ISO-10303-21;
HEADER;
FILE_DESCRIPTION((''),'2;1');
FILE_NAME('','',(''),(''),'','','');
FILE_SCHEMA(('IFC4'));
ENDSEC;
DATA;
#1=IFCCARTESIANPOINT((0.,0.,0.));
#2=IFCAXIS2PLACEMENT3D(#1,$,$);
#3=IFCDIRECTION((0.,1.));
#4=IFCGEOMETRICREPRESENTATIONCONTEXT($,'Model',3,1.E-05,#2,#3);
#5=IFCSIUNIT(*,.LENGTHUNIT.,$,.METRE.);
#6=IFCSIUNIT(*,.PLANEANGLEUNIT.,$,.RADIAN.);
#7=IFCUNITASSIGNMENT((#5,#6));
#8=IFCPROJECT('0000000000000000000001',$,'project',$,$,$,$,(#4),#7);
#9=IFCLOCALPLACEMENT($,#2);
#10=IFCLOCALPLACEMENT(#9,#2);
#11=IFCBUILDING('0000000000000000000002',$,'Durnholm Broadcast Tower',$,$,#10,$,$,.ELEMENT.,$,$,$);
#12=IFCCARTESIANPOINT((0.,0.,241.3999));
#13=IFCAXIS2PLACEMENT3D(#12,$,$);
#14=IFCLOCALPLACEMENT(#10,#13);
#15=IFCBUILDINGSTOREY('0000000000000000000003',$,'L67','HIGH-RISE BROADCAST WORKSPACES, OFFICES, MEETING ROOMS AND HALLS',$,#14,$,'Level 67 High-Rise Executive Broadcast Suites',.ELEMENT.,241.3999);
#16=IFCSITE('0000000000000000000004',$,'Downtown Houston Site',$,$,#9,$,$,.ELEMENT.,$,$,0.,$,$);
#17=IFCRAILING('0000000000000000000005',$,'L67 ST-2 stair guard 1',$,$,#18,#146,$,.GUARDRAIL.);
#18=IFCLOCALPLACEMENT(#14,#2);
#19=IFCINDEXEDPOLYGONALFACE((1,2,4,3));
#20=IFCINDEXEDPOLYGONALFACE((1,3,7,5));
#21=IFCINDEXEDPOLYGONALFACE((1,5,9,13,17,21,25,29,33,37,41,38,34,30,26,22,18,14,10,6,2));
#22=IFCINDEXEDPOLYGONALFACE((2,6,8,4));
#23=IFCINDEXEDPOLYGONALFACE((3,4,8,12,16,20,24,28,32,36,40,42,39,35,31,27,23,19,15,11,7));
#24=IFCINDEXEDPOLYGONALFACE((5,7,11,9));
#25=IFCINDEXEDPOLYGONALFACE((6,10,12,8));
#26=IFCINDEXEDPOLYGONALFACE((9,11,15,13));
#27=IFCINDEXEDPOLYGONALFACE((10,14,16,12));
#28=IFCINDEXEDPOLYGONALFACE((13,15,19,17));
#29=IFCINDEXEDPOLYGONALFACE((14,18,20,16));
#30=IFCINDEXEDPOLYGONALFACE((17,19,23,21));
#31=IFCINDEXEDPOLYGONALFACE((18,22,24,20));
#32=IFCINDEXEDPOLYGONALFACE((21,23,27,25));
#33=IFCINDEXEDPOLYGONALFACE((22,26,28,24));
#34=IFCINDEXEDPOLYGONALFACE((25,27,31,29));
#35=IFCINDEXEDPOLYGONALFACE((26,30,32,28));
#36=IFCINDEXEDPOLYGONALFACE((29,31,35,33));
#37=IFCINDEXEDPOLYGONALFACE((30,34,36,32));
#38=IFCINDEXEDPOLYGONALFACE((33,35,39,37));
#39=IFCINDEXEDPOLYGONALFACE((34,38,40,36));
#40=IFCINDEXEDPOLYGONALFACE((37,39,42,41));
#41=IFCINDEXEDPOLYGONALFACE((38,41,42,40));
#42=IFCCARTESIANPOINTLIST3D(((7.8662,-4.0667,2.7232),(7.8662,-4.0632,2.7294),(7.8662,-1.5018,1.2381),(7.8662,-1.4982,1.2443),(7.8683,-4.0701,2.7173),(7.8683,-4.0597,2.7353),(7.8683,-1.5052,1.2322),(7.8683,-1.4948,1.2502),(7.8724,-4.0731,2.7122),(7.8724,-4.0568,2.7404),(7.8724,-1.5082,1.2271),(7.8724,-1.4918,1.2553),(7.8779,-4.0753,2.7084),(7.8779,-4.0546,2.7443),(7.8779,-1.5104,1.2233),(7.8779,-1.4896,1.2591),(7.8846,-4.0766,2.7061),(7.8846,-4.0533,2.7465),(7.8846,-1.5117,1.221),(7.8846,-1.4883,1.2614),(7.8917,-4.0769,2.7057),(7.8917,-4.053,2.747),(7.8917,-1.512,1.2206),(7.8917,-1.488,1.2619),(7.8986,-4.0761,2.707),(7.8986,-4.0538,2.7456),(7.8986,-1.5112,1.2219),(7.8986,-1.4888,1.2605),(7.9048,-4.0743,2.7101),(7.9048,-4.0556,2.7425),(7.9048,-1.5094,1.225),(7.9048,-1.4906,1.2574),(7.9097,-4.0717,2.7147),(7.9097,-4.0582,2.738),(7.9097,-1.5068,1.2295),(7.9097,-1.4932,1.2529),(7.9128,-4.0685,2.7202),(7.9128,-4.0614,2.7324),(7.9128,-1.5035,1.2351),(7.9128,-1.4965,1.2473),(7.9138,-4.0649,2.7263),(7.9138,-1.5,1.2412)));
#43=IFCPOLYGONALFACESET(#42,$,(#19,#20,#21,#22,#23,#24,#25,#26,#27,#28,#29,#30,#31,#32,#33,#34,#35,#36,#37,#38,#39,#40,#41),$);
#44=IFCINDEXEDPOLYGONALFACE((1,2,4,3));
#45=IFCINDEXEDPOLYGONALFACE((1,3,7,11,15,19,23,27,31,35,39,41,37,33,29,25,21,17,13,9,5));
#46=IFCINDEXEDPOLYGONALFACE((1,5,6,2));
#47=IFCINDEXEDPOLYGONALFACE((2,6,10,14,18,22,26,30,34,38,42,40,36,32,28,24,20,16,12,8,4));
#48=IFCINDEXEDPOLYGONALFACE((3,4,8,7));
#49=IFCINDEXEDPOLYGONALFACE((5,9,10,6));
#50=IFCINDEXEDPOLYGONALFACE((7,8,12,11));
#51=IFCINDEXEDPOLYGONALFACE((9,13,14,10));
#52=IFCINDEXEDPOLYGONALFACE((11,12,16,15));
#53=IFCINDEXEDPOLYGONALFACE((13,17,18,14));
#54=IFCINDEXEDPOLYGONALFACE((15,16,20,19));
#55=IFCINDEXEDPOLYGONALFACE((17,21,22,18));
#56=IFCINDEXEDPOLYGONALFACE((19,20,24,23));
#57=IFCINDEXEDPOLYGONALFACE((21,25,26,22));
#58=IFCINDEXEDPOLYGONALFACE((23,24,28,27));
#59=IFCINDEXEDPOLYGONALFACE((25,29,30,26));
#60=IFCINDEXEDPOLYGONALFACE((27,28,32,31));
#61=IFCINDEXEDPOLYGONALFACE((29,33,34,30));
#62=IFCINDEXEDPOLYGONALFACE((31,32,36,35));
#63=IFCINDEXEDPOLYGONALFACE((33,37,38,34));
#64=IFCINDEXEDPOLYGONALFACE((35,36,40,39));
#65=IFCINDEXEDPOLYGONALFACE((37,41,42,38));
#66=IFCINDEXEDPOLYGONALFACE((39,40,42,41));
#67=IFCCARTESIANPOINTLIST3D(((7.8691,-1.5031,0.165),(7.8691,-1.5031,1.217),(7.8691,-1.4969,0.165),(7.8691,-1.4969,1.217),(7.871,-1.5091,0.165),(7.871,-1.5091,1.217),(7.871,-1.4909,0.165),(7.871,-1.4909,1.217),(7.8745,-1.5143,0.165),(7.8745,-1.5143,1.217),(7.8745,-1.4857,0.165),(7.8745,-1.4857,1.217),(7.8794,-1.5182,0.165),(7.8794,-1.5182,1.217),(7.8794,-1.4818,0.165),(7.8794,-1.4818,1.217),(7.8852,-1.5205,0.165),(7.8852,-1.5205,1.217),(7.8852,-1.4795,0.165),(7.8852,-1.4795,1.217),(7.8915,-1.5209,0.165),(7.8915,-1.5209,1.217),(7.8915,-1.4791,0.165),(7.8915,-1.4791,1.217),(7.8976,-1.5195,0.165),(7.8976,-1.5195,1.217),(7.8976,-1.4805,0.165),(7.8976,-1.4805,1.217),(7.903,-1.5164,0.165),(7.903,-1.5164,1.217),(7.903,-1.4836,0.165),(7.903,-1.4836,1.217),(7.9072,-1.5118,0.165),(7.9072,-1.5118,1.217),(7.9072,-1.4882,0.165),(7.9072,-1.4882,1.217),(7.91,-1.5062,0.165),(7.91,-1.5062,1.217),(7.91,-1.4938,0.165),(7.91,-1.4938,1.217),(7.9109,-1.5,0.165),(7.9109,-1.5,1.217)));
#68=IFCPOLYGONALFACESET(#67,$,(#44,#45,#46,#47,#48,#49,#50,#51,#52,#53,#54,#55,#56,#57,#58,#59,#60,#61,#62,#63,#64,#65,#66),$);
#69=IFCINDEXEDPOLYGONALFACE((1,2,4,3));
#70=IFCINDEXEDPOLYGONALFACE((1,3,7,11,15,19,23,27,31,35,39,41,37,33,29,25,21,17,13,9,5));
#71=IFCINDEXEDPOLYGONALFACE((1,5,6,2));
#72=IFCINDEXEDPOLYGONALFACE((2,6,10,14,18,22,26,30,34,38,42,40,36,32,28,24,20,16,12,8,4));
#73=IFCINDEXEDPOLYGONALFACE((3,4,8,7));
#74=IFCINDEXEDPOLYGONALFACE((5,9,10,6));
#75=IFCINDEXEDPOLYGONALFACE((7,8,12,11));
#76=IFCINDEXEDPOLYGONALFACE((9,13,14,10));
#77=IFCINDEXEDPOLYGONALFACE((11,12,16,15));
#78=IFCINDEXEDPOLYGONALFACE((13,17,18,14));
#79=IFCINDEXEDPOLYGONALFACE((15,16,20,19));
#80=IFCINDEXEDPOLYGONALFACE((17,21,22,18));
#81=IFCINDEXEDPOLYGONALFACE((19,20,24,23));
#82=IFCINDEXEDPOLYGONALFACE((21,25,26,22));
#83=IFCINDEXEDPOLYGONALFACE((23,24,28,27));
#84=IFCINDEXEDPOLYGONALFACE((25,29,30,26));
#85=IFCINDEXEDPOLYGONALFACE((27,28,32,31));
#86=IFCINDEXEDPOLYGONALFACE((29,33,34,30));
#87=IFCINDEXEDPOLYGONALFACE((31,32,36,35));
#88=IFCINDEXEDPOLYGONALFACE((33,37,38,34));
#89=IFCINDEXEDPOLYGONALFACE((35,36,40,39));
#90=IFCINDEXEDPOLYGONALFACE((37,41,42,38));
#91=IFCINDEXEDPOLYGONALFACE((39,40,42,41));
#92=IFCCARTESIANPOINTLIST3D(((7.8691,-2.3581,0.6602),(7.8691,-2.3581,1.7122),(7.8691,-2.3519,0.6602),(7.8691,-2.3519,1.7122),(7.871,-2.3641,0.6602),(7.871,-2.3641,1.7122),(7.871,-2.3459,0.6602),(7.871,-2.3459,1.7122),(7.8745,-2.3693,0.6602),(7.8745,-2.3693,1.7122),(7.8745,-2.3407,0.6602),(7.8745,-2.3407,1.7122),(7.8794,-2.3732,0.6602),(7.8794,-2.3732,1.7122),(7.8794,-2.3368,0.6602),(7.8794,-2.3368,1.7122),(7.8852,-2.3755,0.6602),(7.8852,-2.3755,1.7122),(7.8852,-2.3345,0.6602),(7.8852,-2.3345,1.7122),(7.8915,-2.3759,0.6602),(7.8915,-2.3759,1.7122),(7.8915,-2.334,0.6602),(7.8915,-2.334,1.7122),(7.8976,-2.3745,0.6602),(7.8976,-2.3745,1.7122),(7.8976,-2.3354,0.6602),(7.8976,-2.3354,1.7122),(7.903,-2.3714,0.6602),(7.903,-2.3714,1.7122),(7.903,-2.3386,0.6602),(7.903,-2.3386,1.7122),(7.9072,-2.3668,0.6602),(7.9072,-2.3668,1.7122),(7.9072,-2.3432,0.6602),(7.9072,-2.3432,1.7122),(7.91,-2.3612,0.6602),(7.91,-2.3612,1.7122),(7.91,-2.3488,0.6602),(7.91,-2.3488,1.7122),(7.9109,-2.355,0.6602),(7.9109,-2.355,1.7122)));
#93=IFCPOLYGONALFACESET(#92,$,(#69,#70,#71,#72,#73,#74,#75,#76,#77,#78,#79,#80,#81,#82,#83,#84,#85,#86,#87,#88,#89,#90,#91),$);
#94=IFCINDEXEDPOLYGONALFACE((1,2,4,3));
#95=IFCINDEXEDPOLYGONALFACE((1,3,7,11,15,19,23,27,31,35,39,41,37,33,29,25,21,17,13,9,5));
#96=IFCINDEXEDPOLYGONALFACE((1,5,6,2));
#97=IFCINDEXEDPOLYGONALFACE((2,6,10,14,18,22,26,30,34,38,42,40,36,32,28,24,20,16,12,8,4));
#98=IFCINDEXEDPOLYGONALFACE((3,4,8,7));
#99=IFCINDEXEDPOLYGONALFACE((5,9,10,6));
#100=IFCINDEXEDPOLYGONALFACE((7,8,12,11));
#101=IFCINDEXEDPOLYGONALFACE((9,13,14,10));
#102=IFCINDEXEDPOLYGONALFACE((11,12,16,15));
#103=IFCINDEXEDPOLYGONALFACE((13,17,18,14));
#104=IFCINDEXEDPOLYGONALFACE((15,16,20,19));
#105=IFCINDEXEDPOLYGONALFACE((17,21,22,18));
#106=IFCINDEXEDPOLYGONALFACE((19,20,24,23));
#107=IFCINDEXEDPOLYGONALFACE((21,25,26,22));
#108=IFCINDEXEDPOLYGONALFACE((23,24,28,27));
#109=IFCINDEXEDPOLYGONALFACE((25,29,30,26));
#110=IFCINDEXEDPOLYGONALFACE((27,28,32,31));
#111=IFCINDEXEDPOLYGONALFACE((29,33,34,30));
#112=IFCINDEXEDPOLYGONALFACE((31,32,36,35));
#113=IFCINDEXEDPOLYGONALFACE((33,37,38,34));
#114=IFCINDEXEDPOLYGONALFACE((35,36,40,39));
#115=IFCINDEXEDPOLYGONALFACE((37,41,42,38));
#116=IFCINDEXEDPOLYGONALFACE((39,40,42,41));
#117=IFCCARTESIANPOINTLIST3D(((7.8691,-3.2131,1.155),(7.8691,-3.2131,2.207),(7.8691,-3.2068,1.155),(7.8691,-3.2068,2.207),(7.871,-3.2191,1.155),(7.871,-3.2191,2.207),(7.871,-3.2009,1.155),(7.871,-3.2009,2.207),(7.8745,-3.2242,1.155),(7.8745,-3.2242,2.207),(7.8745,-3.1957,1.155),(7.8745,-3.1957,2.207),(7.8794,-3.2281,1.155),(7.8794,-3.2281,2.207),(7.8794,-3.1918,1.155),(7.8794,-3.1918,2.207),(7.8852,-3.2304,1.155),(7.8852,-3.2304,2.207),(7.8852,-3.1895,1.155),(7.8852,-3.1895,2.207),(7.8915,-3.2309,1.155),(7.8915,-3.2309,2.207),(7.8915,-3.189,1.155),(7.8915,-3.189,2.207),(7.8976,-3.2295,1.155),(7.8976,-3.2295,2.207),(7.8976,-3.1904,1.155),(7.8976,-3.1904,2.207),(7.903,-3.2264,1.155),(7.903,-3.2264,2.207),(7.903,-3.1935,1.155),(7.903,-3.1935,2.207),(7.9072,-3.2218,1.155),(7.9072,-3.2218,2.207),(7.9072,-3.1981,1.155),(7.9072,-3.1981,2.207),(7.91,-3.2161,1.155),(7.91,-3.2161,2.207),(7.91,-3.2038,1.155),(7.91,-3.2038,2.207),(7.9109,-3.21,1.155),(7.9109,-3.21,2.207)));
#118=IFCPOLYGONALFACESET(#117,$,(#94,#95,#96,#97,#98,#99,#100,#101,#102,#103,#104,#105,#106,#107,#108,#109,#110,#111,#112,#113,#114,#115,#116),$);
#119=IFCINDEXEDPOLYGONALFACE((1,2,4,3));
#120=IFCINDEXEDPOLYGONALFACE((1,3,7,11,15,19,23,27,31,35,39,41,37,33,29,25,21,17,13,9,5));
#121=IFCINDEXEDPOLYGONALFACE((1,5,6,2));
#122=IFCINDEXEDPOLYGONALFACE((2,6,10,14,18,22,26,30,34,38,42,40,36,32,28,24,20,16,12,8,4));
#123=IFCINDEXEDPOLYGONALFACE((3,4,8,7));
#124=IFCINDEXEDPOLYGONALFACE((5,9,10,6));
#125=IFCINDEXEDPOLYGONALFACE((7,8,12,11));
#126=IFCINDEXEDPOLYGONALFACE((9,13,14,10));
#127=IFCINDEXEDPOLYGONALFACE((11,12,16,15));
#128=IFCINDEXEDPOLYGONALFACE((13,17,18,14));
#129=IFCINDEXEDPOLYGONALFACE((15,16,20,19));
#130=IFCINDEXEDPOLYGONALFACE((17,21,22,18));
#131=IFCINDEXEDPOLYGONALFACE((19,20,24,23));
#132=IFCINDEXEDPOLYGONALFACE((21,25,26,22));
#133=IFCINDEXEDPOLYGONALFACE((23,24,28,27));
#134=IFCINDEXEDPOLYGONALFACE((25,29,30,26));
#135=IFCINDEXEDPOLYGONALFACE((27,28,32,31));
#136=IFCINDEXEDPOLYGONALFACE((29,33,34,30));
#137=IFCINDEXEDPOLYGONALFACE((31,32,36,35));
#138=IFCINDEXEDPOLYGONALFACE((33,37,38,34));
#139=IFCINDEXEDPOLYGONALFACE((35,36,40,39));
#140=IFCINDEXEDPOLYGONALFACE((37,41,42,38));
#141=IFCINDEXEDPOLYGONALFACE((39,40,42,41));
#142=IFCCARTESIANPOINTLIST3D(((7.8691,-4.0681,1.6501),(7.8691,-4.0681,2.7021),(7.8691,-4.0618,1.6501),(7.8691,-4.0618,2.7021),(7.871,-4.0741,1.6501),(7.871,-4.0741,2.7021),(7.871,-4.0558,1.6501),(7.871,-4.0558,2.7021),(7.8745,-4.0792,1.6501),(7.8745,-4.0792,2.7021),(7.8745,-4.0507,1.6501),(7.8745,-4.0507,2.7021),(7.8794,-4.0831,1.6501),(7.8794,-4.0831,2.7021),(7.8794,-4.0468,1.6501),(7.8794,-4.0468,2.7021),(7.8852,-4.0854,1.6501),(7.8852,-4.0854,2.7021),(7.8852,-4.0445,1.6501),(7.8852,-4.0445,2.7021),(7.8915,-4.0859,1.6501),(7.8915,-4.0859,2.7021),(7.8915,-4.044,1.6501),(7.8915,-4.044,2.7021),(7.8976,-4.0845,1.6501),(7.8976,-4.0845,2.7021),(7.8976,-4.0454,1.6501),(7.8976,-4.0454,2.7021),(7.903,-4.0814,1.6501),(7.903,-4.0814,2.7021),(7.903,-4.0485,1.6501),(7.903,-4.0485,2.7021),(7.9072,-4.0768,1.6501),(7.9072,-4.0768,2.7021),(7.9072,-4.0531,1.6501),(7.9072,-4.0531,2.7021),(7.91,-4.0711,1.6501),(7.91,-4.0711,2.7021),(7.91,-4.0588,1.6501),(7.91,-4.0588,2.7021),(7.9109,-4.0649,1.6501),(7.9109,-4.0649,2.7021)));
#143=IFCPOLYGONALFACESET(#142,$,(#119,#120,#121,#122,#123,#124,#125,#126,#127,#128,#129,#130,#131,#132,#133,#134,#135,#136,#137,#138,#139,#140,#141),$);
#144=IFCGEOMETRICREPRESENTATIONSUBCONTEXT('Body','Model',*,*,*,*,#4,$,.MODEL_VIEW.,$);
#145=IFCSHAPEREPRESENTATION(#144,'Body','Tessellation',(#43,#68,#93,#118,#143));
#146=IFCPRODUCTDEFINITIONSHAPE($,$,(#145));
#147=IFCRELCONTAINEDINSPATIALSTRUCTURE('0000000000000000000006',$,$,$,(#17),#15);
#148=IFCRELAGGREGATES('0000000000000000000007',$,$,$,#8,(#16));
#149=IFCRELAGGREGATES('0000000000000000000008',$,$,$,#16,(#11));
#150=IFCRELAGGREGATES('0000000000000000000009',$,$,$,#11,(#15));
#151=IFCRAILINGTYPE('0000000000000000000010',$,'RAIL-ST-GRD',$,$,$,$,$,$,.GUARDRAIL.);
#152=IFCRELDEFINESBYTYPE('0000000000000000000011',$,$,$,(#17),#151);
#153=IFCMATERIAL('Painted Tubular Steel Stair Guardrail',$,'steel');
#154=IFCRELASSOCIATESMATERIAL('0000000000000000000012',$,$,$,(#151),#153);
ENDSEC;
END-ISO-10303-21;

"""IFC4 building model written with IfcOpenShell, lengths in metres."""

from ifc_helpers import new_model, si_unit, direction, frame, origin, origin_2d, place, context, subcontext, project, spatial, circle, extrude, material, type_object, element, save


model = new_model("IFC4")

# Units and contexts
model_context = context("Model", 3, precision=1e-05, world=origin(), true_north=direction((0.0, 1.0)))
body_context = subcontext(model_context, "Body", "Model", "MODEL_VIEW")
ifc_project = project(units=[si_unit("LENGTHUNIT", "METRE"), si_unit("PLANEANGLEUNIT", "RADIAN")], contexts=[model_context])

# Site, building, storey
site_placement = place(None, origin())
site = spatial("IfcSite", under=ifc_project, at=site_placement, Name="Downtown Houston Site", CompositionType="ELEMENT", RefElevation=0.0)
building_placement = place(site_placement, origin())
building = spatial("IfcBuilding", under=site, at=building_placement, Name="Durnholm Broadcast Tower", CompositionType="ELEMENT")
storey_placement = place(building_placement, frame((0.0, 0.0, 241.3999)))
storey = spatial("IfcBuildingStorey", under=building, at=storey_placement, Name="L67", Description="HIGH-RISE BROADCAST WORKSPACES, OFFICES, MEETING ROOMS AND HALLS", LongName="Level 67 High-Rise Executive Broadcast Suites", CompositionType="ELEMENT", Elevation=241.3999)

# Railing
ifc_material_1 = material(Name="Painted Tubular Steel Stair Guardrail", Category="steel")
railing_type_1 = type_object("IfcRailingType", Name="RAIL-ST-GRD", PredefinedType="GUARDRAIL", material=ifc_material_1)
railing_1_placement = place(storey_placement, frame((7.8899, -1.5, 0.165)))
element("IfcRailing", 1, at=railing_1_placement, inside=storey, type_object=railing_type_1, Name="L67 ST-2 stair guard 1", PredefinedType="GUARDRAIL", context=body_context, shape_type="SweptSolid", body=[
    extrude(circle(Radius=0.0239, at=origin_2d()), frame((0.0, 0.0, 1.0762), z_axis=(0.0, -0.865406, 0.501072), x_axis=(1.0, 0.0, 0.0)), (0.0, 0.0, 1.0), 2.9639),
    extrude(circle(Radius=0.021, at=origin_2d()), origin(), (0.0, 0.0, 1.0), 1.052),
    extrude(circle(Radius=0.021, at=origin_2d()), frame((0.0, -0.855, 0.4951)), (0.0, 0.0, 1.0), 1.052),
    extrude(circle(Radius=0.021, at=origin_2d()), frame((0.0, -1.71, 0.99)), (0.0, 0.0, 1.0), 1.052),
    extrude(circle(Radius=0.021, at=origin_2d()), frame((0.0, -2.5649, 1.4851)), (0.0, 0.0, 1.0), 1.052),
])

save(model, "model.ifc")
